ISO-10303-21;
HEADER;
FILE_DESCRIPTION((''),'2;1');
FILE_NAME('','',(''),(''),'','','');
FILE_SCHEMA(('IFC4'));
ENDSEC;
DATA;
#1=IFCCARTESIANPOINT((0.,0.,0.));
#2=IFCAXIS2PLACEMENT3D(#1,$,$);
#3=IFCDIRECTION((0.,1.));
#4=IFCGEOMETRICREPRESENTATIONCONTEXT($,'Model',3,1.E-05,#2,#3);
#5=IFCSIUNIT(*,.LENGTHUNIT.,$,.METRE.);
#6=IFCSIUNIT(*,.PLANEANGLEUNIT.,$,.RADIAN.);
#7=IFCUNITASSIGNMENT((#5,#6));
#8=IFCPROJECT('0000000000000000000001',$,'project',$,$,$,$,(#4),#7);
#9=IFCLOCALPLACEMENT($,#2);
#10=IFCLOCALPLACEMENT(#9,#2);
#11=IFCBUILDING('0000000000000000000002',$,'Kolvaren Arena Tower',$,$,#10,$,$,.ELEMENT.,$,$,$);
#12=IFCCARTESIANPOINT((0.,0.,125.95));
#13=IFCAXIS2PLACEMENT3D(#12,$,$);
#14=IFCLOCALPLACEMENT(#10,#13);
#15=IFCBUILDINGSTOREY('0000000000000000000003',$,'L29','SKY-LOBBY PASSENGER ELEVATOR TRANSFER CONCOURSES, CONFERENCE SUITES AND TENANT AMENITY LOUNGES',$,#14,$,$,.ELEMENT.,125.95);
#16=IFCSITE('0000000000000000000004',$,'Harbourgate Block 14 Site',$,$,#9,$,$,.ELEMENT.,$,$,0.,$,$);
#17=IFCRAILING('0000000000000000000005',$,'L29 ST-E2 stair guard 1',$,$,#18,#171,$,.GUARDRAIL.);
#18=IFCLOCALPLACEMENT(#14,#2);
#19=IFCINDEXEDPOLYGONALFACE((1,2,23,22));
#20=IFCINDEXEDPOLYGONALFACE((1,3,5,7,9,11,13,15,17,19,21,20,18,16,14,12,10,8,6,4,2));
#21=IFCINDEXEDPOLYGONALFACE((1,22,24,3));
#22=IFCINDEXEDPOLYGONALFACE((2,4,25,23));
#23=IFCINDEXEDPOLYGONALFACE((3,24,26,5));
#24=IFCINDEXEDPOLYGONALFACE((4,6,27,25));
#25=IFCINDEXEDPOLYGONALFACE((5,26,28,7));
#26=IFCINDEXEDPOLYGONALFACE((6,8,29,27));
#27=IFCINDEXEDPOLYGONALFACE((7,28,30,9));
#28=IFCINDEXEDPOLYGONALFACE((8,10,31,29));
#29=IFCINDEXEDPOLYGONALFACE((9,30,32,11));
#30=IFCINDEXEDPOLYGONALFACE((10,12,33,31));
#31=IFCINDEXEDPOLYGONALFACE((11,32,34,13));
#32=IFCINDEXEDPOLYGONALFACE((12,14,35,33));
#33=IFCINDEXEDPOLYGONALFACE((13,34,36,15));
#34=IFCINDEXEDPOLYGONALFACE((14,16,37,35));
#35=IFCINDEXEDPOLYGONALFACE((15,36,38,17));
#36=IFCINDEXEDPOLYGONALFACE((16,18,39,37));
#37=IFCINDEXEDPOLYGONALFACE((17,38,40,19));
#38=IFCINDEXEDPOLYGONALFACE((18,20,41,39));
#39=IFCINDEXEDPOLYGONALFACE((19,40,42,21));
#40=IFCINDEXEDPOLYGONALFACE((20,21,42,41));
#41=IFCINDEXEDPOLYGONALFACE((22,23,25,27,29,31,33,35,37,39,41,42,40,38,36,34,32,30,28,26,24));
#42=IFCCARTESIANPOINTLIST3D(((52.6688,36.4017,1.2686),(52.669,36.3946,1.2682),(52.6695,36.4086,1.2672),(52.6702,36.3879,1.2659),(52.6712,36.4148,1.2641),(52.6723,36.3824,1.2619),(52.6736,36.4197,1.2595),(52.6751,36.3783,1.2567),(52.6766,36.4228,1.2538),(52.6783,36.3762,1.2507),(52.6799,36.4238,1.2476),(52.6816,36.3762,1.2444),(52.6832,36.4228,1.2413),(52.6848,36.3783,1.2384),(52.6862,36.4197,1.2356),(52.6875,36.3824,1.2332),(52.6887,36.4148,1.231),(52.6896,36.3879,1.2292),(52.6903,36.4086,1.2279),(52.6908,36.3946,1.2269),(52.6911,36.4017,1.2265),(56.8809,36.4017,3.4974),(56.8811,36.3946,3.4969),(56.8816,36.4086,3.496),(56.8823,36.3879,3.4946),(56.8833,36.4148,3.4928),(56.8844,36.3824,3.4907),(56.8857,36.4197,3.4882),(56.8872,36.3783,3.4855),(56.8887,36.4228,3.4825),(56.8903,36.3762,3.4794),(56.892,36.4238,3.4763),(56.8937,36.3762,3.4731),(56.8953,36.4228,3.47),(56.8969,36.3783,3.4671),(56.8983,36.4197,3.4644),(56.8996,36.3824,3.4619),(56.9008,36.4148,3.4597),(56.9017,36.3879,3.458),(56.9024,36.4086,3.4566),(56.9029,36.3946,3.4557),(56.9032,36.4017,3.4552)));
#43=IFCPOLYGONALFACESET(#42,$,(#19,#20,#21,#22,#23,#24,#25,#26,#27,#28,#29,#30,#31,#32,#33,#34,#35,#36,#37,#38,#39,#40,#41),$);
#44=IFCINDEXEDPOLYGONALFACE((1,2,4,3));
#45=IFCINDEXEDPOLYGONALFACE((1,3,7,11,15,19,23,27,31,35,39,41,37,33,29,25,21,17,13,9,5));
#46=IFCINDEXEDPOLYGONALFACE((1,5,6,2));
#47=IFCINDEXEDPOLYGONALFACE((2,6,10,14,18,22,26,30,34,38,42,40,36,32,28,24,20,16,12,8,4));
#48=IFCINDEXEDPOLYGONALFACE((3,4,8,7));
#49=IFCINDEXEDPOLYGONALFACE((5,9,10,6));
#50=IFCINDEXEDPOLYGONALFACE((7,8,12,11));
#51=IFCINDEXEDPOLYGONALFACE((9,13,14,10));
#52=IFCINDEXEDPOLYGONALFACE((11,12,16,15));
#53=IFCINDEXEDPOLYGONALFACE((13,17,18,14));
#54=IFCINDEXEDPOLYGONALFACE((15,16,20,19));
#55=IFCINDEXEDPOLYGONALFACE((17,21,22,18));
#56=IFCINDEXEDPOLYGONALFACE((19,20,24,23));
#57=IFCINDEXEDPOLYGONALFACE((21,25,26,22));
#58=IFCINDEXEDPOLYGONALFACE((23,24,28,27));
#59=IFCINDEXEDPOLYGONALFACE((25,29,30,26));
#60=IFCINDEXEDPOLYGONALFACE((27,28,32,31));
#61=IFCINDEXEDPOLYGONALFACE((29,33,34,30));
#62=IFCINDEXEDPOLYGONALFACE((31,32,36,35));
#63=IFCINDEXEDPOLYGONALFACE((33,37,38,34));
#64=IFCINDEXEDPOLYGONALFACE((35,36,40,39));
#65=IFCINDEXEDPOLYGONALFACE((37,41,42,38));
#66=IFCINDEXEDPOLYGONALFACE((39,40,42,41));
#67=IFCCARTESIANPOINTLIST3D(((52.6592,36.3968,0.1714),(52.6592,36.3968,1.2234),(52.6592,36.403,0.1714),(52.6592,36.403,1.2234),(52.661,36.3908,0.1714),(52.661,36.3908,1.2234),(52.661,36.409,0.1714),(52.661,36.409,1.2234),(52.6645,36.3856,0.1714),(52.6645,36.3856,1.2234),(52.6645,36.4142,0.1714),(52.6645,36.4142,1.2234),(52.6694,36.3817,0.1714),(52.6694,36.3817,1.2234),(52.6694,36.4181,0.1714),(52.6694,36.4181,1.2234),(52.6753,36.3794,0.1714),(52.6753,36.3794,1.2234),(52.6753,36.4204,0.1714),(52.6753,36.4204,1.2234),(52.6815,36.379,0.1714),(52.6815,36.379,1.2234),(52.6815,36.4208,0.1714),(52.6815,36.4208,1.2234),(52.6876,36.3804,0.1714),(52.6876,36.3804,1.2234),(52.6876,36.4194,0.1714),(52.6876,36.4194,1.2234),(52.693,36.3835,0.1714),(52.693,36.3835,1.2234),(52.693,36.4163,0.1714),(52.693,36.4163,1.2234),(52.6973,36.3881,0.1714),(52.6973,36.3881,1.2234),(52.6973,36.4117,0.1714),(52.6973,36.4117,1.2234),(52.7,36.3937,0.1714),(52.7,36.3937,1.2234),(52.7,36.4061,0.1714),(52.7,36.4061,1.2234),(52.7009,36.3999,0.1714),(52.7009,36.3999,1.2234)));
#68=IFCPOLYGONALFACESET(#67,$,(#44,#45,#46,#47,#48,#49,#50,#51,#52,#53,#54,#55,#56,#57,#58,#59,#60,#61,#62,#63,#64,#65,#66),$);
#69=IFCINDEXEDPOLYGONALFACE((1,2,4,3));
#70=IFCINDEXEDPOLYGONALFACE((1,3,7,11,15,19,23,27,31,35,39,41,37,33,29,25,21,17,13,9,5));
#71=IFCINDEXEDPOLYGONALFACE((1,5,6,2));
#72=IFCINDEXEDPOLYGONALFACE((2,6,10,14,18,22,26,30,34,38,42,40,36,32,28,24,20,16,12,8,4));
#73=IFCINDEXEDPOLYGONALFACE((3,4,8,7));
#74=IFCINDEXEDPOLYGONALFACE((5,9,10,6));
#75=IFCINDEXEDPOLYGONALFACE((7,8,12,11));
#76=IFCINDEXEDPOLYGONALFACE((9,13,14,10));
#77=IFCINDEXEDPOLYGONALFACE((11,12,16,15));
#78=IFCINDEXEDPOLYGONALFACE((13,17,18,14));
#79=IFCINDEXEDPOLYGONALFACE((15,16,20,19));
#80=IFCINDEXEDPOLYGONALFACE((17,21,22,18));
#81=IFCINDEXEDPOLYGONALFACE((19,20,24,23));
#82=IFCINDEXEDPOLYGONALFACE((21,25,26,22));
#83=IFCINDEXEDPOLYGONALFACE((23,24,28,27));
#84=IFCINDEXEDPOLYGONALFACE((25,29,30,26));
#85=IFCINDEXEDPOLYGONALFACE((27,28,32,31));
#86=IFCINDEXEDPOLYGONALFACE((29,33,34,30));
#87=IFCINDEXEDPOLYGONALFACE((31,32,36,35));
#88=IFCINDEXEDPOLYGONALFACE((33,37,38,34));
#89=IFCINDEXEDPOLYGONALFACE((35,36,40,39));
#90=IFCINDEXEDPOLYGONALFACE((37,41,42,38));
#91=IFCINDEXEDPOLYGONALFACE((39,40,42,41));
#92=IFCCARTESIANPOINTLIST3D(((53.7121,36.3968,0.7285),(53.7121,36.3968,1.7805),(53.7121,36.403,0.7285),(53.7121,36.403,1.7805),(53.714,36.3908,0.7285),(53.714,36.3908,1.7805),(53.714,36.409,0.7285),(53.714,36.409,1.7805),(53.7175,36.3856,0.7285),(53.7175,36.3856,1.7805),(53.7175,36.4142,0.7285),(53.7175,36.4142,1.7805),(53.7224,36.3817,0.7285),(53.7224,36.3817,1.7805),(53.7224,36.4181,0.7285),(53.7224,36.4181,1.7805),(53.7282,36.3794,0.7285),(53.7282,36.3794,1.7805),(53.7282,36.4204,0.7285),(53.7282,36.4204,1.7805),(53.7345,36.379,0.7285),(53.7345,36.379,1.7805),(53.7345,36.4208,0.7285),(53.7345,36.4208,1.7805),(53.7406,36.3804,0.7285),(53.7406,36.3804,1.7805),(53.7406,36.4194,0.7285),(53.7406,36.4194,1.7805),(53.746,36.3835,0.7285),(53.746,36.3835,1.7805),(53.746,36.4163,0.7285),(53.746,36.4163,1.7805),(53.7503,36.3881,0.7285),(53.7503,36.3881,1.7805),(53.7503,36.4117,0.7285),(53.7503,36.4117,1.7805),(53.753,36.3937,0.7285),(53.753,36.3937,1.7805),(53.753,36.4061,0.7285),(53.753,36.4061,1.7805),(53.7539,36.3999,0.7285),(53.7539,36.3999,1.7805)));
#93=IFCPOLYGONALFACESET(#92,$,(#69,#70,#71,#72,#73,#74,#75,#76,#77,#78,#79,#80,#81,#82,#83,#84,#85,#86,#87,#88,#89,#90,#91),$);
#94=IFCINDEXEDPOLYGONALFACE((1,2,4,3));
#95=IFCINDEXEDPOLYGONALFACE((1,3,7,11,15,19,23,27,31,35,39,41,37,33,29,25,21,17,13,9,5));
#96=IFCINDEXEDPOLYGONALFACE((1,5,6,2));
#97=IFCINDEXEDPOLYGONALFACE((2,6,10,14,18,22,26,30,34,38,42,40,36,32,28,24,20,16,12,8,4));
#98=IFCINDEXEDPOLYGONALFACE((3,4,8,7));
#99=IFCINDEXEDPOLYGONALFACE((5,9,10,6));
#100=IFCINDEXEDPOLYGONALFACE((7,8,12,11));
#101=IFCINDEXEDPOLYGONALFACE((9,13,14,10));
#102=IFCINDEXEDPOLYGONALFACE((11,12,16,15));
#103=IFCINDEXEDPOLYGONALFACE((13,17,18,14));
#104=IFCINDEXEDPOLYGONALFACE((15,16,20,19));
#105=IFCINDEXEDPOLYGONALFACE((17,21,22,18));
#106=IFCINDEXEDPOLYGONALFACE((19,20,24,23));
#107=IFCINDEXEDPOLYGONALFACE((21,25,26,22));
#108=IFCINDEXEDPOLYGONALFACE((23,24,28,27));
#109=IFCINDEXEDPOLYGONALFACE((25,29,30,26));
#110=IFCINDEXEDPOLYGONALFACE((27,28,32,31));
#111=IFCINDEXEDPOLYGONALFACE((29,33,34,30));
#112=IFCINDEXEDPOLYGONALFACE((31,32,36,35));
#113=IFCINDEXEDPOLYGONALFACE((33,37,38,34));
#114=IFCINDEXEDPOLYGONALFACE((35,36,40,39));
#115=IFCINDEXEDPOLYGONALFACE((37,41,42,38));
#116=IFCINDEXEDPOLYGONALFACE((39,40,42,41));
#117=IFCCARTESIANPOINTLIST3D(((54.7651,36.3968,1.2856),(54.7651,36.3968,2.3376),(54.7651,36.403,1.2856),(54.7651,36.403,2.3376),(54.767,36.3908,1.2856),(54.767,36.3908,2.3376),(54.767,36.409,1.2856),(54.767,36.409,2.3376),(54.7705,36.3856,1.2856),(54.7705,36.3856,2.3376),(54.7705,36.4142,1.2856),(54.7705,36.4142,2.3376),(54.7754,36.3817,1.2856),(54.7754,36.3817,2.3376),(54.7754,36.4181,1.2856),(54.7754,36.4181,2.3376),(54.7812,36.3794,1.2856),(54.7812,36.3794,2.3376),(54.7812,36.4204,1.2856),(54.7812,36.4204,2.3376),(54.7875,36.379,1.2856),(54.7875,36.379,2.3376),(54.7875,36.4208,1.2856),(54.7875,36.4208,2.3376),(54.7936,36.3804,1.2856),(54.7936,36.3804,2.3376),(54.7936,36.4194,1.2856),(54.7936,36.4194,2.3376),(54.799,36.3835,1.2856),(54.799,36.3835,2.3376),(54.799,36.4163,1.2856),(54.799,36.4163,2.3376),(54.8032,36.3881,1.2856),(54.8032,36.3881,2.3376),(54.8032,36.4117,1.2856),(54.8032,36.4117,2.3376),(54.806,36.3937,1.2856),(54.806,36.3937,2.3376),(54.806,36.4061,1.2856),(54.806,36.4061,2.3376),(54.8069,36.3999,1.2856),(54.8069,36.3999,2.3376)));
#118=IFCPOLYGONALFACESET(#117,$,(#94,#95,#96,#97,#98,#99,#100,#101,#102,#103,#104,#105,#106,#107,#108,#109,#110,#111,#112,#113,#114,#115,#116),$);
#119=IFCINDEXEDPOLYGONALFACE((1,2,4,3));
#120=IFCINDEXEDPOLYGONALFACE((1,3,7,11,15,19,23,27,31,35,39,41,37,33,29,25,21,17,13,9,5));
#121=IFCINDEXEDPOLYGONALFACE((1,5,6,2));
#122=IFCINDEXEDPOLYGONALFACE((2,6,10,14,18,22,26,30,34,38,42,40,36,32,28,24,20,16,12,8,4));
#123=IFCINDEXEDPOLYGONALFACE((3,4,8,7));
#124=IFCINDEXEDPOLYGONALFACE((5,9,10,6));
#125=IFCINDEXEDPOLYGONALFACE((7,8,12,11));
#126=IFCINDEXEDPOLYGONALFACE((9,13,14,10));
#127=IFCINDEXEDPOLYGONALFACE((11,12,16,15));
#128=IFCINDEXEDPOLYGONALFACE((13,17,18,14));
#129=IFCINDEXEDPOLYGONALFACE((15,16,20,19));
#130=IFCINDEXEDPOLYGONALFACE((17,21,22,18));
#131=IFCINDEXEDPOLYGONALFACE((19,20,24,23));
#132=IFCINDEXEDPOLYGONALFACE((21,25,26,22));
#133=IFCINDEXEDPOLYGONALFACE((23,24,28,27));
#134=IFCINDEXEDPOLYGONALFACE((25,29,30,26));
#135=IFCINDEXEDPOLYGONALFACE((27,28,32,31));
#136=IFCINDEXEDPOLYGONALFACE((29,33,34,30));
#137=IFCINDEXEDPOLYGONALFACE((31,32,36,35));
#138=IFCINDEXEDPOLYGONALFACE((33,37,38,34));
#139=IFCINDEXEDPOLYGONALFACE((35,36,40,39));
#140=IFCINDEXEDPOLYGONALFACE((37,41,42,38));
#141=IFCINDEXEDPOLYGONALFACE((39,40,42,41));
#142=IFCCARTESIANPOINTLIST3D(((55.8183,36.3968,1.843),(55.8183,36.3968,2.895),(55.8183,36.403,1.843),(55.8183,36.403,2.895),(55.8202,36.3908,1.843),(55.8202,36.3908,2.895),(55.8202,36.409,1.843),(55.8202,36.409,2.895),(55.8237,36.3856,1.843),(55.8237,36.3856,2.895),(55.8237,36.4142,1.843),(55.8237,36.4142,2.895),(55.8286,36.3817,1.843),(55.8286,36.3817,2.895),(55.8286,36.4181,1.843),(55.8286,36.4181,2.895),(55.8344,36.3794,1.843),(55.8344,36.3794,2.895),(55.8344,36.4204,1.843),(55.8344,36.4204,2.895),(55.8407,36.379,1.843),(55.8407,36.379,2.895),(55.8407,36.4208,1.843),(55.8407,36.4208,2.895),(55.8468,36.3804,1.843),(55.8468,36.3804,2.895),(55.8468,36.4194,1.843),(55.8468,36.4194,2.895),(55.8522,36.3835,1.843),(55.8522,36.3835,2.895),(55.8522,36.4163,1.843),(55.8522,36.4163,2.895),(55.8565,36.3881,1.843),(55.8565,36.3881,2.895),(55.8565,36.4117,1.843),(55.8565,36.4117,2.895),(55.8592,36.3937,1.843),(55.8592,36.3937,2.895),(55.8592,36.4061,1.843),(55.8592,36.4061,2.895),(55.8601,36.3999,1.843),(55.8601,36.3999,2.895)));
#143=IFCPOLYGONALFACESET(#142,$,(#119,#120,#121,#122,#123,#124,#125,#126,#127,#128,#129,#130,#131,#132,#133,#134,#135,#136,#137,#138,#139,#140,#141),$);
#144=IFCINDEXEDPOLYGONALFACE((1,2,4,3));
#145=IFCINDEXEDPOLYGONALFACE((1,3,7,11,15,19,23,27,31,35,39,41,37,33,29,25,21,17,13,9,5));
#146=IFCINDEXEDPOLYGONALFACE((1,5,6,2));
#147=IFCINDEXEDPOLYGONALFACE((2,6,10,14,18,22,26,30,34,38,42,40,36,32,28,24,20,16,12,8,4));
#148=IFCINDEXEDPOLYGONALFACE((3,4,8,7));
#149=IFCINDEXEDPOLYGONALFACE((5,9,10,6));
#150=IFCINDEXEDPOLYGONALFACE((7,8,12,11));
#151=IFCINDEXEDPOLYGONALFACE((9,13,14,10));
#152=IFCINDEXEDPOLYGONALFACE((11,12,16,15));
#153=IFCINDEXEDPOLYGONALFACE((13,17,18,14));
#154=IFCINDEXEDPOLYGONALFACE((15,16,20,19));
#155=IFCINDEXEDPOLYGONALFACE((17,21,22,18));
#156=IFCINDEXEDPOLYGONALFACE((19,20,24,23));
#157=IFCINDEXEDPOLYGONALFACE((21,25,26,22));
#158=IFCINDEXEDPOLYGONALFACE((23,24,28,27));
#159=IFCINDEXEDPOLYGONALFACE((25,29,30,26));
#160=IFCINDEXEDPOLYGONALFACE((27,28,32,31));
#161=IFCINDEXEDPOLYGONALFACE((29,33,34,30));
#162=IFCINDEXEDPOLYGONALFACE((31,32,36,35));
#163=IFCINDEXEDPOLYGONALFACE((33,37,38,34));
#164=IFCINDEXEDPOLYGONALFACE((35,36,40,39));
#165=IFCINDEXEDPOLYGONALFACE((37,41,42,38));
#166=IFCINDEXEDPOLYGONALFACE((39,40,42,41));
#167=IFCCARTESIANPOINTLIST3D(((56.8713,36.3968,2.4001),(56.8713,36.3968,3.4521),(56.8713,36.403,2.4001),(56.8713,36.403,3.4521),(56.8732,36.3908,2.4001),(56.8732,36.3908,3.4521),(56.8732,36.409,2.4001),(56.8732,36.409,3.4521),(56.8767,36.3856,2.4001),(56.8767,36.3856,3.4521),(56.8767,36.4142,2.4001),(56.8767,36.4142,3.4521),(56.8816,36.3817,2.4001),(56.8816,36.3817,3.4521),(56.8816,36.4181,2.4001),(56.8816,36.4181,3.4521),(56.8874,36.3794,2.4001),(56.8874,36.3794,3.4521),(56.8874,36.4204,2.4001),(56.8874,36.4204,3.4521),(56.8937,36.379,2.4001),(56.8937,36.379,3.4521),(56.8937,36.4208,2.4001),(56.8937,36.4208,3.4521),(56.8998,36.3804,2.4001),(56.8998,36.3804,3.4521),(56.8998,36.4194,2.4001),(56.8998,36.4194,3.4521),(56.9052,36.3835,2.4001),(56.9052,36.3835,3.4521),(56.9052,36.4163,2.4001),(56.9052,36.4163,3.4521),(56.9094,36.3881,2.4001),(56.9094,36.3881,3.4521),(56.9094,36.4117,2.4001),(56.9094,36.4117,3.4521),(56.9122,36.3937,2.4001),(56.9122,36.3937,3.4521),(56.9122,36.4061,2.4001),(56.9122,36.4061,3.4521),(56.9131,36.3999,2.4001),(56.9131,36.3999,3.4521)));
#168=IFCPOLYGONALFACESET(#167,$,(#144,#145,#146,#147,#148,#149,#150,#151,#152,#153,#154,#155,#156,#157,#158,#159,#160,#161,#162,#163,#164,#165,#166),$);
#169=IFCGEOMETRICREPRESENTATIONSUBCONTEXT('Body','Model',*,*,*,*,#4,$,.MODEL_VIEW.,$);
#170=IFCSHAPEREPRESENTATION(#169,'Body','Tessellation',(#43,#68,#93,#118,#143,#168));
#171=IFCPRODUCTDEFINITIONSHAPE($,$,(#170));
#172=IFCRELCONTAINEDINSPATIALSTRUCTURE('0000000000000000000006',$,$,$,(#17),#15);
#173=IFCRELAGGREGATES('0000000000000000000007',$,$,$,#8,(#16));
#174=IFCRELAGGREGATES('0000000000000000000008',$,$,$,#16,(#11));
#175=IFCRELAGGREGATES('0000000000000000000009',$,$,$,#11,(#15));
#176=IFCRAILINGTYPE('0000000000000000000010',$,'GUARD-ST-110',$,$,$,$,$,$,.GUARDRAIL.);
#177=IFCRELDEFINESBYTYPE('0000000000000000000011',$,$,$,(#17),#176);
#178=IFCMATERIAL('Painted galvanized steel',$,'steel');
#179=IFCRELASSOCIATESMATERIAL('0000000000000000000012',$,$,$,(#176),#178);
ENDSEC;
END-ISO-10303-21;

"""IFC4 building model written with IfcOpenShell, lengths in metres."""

from ifc_helpers import new_model, si_unit, direction, frame, origin, origin_2d, place, context, subcontext, project, spatial, circle, extrude, material, type_object, element, save


model = new_model("IFC4")

# Units and contexts
model_context = context("Model", 3, precision=1e-05, world=origin(), true_north=direction((0.0, 1.0)))
body_context = subcontext(model_context, "Body", "Model", "MODEL_VIEW")
ifc_project = project(units=[si_unit("LENGTHUNIT", "METRE"), si_unit("PLANEANGLEUNIT", "RADIAN")], contexts=[model_context])

# Site, building, storey
site_placement = place(None, origin())
site = spatial("IfcSite", under=ifc_project, at=site_placement, Name="Harbourgate Block 14 Site", CompositionType="ELEMENT", RefElevation=0.0)
building_placement = place(site_placement, origin())
building = spatial("IfcBuilding", under=site, at=building_placement, Name="Kolvaren Arena Tower", CompositionType="ELEMENT")
storey_placement = place(building_placement, frame((0.0, 0.0, 125.95)))
storey = spatial("IfcBuildingStorey", under=building, at=storey_placement, Name="L29", Description="SKY-LOBBY PASSENGER ELEVATOR TRANSFER CONCOURSES, CONFERENCE SUITES AND TENANT AMENITY LOUNGES", CompositionType="ELEMENT", Elevation=125.95)

# Railing
ifc_material_1 = material(Name="Painted galvanized steel", Category="steel")
railing_type_1 = type_object("IfcRailingType", Name="GUARD-ST-110", PredefinedType="GUARDRAIL", material=ifc_material_1)
railing_1_placement = place(storey_placement, frame((52.6799, 36.3999, 0.1714)))
element("IfcRailing", 1, at=railing_1_placement, inside=storey, type_object=railing_type_1, Name="L29 ST-E2 stair guard 1", PredefinedType="GUARDRAIL", context=body_context, shape_type="SweptSolid", body=[
    extrude(circle(Radius=0.0239, at=origin_2d()), frame((0.0, 0.0, 1.0762), z_axis=(0.883893, 0.0, 0.46769), x_axis=(0.0, 1.0, 0.0)), (0.0, 0.0, 1.0), 4.7654),
    extrude(circle(Radius=0.021, at=origin_2d()), origin(), (0.0, 0.0, 1.0), 1.052),
    extrude(circle(Radius=0.021, at=origin_2d()), frame((1.053, 0.0, 0.5571)), (0.0, 0.0, 1.0), 1.052),
    extrude(circle(Radius=0.021, at=origin_2d()), frame((2.106, 0.0, 1.1143)), (0.0, 0.0, 1.0), 1.052),
    extrude(circle(Radius=0.021, at=origin_2d()), frame((3.1592, 0.0, 1.6716)), (0.0, 0.0, 1.0), 1.052),
    extrude(circle(Radius=0.021, at=origin_2d()), frame((4.2122, 0.0, 2.2288)), (0.0, 0.0, 1.0), 1.052),
])

save(model, "model.ifc")
